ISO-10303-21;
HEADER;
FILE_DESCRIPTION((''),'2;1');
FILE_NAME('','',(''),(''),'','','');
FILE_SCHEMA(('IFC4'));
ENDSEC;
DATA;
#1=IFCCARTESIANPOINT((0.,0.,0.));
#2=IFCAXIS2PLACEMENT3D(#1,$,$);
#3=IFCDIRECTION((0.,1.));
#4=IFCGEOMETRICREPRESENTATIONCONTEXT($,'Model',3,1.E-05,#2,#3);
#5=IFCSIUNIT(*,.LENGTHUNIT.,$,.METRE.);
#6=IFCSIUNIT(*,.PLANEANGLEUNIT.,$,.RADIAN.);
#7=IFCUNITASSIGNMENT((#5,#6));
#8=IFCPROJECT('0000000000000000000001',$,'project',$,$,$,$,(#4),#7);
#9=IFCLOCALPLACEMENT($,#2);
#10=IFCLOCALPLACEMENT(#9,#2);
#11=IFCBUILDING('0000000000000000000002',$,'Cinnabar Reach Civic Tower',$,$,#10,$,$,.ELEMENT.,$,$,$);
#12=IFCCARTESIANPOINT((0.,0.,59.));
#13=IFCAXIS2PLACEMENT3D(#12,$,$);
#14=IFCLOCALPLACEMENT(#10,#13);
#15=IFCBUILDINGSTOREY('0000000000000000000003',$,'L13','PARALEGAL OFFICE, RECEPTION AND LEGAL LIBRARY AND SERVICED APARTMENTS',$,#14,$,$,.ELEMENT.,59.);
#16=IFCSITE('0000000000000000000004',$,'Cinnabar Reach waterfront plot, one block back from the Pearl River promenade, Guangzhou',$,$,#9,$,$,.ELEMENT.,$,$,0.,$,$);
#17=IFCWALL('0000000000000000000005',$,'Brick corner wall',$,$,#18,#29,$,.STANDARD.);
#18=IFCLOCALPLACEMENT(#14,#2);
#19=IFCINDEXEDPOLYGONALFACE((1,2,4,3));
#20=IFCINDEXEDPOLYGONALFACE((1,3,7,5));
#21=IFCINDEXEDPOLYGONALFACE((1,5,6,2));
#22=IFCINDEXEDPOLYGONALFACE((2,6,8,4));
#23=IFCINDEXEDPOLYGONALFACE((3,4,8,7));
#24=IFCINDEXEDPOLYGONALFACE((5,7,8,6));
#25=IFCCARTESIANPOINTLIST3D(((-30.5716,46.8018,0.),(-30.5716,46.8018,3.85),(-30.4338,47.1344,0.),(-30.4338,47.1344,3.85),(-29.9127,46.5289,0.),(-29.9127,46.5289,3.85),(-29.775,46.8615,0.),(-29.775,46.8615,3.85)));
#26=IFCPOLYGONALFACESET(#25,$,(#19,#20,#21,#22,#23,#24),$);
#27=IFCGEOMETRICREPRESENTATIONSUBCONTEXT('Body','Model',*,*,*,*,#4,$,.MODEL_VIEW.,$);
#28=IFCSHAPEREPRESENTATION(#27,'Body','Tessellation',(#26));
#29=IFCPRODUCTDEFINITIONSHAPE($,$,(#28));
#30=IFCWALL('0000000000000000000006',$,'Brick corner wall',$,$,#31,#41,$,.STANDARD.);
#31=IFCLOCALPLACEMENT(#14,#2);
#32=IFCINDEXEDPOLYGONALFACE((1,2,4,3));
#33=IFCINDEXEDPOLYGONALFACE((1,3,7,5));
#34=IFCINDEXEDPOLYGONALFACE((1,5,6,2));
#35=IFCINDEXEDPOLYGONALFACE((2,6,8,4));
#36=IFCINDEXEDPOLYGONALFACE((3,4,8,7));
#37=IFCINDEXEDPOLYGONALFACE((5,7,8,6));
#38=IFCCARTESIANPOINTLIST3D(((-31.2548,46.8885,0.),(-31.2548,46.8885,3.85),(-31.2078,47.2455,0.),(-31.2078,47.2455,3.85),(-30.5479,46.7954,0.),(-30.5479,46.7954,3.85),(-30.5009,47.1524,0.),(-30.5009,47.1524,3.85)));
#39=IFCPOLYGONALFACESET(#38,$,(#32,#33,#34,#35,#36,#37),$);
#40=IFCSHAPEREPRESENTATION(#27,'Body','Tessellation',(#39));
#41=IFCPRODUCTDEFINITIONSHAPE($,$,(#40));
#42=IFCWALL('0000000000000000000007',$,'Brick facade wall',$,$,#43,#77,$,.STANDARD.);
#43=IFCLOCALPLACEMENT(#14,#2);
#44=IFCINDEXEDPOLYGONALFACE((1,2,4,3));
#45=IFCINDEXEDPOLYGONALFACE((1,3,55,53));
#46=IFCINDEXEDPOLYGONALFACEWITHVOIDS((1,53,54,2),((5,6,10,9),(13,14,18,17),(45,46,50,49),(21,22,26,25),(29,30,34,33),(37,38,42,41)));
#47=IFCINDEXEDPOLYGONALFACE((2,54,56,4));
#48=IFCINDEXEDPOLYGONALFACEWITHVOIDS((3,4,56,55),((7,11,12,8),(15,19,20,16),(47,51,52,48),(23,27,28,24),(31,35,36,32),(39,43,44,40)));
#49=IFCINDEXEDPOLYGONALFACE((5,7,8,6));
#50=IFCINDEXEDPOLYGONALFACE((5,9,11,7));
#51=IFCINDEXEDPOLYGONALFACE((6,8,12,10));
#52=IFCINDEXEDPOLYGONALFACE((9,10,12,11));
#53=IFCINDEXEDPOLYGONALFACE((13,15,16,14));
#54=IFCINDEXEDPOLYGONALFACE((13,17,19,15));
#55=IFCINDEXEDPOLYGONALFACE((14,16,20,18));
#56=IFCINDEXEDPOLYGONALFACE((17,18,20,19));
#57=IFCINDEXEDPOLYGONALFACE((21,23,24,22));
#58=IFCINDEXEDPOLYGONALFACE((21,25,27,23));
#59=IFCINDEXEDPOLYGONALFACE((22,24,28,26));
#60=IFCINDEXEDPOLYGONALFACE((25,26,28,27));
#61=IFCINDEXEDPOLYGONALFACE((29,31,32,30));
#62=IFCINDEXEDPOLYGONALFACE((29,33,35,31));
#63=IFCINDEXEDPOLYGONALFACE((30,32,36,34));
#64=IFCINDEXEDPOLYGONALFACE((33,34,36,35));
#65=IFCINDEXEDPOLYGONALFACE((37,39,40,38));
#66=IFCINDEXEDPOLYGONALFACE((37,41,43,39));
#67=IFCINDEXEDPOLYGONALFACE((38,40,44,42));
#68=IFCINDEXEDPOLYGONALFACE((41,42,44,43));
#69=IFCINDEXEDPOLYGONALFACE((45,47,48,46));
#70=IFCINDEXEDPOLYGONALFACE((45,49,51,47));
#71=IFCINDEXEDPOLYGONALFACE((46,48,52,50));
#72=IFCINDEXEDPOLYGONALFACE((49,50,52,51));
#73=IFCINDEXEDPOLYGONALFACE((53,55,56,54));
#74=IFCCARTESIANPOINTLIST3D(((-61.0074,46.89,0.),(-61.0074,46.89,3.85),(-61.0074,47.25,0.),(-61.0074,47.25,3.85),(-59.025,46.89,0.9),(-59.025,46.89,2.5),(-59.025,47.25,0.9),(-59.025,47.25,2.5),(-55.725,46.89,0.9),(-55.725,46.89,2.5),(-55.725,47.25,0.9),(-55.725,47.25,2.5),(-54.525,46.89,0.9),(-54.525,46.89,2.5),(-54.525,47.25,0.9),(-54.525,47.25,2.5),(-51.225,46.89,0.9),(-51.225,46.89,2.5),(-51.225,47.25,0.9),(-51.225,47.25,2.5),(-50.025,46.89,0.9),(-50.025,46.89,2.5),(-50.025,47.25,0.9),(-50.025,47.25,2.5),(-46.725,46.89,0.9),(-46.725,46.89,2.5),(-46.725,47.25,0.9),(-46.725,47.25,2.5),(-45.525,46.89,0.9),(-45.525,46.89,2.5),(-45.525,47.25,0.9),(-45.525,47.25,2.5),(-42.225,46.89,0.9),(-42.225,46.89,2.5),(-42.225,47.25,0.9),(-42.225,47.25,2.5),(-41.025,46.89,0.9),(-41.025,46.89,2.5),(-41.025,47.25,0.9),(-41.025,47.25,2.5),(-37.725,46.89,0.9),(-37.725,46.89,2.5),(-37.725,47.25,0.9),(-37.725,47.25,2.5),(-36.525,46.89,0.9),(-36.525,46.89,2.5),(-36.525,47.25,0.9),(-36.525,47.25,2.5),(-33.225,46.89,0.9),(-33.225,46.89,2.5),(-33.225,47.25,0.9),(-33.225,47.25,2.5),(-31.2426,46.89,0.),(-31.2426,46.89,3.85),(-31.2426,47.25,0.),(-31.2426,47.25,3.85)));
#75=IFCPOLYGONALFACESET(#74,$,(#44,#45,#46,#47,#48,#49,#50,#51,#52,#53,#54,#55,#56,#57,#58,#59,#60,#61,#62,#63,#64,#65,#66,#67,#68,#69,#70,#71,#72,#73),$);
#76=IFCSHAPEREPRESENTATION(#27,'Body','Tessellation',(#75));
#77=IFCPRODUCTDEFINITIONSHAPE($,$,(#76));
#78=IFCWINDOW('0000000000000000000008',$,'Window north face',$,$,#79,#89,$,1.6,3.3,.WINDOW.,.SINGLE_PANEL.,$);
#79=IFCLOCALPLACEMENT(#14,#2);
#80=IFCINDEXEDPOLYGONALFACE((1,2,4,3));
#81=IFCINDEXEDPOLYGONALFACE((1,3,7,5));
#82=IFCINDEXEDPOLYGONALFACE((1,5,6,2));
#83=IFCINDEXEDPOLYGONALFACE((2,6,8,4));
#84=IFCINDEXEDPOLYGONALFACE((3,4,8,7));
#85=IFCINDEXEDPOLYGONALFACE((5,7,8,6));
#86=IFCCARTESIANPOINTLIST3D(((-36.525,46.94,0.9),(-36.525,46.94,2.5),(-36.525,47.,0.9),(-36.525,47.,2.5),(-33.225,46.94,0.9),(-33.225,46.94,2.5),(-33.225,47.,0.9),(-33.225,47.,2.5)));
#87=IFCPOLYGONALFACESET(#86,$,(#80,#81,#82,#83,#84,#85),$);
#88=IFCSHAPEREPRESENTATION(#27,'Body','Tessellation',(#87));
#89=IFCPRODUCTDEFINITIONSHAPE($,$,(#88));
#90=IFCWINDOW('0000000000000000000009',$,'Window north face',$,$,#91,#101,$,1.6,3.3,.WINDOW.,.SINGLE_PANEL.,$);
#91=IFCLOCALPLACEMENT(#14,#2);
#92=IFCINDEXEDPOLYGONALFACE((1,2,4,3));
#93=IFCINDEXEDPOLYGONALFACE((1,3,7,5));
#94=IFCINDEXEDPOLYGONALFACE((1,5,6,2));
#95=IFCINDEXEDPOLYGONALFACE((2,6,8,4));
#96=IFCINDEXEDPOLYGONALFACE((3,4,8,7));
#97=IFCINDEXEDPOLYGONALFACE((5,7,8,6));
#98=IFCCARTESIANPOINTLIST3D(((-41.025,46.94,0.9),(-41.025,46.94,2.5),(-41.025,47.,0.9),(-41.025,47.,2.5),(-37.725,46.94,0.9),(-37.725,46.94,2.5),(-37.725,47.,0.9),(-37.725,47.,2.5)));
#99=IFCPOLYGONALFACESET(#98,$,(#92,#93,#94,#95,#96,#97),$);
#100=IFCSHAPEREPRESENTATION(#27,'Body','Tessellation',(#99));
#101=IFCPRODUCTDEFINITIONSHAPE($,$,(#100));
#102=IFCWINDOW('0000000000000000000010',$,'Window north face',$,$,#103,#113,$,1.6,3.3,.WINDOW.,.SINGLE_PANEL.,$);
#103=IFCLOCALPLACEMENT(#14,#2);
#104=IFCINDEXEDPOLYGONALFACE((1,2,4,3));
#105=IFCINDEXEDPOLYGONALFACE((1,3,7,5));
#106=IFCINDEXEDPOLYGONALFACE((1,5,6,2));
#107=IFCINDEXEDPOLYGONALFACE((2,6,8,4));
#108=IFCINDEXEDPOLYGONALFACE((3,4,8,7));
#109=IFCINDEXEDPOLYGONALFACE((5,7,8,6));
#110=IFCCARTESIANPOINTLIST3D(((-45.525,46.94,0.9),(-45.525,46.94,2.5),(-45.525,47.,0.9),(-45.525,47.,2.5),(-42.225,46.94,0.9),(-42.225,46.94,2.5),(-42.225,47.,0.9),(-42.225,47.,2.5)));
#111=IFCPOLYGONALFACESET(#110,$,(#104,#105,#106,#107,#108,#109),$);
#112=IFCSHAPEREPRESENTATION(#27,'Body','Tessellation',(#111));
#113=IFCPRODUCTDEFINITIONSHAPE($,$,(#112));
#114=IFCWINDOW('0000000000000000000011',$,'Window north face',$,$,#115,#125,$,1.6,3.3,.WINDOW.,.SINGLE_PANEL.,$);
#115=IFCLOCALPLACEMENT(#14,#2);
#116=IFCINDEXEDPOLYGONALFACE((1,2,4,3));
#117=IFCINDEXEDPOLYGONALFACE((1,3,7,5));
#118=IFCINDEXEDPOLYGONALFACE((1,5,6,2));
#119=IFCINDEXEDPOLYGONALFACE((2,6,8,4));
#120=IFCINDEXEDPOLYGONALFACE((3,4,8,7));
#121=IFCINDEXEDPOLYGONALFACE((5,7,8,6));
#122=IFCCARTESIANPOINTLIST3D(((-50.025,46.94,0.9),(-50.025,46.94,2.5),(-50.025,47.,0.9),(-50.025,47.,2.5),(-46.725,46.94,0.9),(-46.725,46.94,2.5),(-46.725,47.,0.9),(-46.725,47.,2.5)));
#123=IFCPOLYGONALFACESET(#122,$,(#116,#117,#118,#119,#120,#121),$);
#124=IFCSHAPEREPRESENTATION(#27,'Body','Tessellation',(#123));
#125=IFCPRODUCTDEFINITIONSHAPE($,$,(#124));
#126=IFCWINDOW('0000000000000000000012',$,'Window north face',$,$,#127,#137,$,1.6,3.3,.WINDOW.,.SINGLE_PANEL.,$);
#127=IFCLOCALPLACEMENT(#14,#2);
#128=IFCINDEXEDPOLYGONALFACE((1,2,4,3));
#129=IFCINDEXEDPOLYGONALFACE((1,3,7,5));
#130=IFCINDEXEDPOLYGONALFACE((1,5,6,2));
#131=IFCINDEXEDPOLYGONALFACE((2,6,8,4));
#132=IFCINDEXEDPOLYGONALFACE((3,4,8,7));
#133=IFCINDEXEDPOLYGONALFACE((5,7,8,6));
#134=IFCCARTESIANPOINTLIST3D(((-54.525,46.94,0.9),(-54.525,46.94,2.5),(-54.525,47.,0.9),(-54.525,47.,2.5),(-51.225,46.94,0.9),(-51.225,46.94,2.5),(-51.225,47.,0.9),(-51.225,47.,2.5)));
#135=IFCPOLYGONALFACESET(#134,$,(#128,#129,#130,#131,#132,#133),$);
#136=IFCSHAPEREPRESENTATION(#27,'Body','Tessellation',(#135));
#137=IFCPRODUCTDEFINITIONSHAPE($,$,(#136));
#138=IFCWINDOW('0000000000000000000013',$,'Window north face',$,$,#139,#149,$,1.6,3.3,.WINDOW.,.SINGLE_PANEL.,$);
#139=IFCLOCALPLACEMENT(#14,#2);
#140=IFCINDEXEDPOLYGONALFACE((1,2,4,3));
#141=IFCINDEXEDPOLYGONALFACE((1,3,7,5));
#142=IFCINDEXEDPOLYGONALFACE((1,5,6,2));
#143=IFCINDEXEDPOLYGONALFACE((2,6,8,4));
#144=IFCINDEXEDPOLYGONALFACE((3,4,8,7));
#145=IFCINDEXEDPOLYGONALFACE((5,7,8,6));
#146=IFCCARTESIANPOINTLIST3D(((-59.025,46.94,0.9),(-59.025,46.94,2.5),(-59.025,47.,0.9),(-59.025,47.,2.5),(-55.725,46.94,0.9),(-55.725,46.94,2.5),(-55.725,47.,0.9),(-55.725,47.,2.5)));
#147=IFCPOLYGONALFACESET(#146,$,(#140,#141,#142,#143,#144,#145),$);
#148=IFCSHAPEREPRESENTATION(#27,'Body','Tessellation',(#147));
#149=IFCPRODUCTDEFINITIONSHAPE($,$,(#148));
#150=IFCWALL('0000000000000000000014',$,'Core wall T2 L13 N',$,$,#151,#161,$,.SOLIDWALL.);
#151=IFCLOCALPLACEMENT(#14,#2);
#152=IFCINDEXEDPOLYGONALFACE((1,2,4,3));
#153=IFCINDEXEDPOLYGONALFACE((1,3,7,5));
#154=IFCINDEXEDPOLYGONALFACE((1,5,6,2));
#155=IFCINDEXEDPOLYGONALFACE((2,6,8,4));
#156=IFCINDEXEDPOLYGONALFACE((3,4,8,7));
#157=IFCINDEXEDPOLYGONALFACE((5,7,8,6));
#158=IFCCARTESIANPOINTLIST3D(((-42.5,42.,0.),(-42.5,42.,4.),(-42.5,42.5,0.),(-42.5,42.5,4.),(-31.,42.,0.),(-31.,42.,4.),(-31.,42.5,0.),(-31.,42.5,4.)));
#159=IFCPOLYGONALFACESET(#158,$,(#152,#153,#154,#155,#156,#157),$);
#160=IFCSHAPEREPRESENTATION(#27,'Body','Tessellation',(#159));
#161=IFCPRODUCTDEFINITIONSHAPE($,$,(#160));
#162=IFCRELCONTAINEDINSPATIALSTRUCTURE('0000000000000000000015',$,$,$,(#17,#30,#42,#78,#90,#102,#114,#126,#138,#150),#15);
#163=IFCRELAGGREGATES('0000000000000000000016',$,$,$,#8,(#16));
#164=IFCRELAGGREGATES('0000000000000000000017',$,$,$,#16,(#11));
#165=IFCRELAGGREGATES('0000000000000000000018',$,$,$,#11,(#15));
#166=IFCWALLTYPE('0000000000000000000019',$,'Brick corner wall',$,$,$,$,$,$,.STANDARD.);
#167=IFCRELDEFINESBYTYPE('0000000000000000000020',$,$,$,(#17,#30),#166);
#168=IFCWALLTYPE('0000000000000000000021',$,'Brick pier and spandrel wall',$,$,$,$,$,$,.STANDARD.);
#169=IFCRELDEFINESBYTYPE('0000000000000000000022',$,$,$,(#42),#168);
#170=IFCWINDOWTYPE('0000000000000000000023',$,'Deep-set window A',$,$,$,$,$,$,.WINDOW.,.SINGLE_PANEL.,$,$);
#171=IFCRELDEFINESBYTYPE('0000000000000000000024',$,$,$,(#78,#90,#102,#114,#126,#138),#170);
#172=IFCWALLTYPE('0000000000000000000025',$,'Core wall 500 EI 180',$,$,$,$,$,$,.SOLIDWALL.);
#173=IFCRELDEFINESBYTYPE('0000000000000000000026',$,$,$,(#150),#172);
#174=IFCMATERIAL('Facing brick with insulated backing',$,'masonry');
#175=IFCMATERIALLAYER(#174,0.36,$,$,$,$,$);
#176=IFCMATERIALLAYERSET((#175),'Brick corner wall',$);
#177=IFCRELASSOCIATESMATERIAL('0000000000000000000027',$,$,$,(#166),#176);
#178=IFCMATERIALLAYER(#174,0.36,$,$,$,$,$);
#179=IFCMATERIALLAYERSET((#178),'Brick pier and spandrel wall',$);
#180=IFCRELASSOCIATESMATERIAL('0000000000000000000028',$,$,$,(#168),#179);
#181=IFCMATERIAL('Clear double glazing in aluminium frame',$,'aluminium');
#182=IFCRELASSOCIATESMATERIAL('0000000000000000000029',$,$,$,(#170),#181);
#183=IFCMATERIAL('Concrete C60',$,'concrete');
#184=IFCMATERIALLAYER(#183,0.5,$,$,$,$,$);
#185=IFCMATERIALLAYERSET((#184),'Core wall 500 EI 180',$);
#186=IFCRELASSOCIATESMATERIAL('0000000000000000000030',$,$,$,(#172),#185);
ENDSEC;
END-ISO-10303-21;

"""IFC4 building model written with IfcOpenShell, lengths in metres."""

from ifc_helpers import new_model, si_unit, direction, frame, frame_2d, origin, place, context, subcontext, project, spatial, rectangle, extrude, material, layer, layer_set, type_object, element, fill, save


model = new_model("IFC4")

# Units and contexts
model_context = context("Model", 3, precision=1e-05, world=origin(), true_north=direction((0.0, 1.0)))
body_context = subcontext(model_context, "Body", "Model", "MODEL_VIEW")
ifc_project = project(units=[si_unit("LENGTHUNIT", "METRE"), si_unit("PLANEANGLEUNIT", "RADIAN")], contexts=[model_context])

# Site, building, storey
site_placement = place(None, origin())
site = spatial("IfcSite", under=ifc_project, at=site_placement, Name="Cinnabar Reach waterfront plot, one block back from the Pearl River promenade, Guangzhou", CompositionType="ELEMENT", RefElevation=0.0)
building_placement = place(site_placement, origin())
building = spatial("IfcBuilding", under=site, at=building_placement, Name="Cinnabar Reach Civic Tower", CompositionType="ELEMENT")
storey_placement = place(building_placement, frame((0.0, 0.0, 59.0)))
storey = spatial("IfcBuildingStorey", under=building, at=storey_placement, Name="L13", Description="PARALEGAL OFFICE, RECEPTION AND LEGAL LIBRARY AND SERVICED APARTMENTS", CompositionType="ELEMENT", Elevation=59.0)

# Shared definitions
ifc_material_1 = material(Name="Concrete C60", Category="concrete")

# Walls
ifc_material_2 = material(Name="Facing brick with insulated backing", Category="masonry")
ifc_layer_1 = layer(ifc_material_2, 0.36)
ifc_layer_set_1 = layer_set([ifc_layer_1], Name="Brick corner wall")
wall_type_1 = type_object("IfcWallType", Name="Brick corner wall", PredefinedType="STANDARD", material=ifc_layer_set_1)
for number, where, z_axis, x_axis, name in (
    (1, (-29.8439, 46.6952, 0.0), (0.0, 0.0, 1.0), (-0.923872, 0.382703, 0.0), "Brick corner wall"),
    (2, (-30.5244, 46.9739, 0.0), (0.0, 0.0, 1.0), (-0.991441, 0.130556, 0.0), "Brick corner wall"),
):
    element("IfcWall", number, at=place(storey_placement, frame(where, z_axis=z_axis, x_axis=x_axis)), inside=storey, type_object=wall_type_1, Name=name, PredefinedType="STANDARD", context=body_context, shape_type="SweptSolid", body=[
        extrude(rectangle(XDim=0.7131, YDim=0.36, at=frame_2d((0.3565, 0.0))), origin(), (0.0, 0.0, 1.0), 3.85),
    ])

# Wall, openings, windows
ifc_layer_2 = layer(ifc_material_2, 0.36)
ifc_layer_set_2 = layer_set([ifc_layer_2], Name="Brick pier and spandrel wall")
wall_type_2 = type_object("IfcWallType", Name="Brick pier and spandrel wall", PredefinedType="STANDARD", material=ifc_layer_set_2)
wall_1_placement = place(storey_placement, frame((-31.2426, 47.07, 0.0), z_axis=(0.0, 0.0, 1.0), x_axis=(-1.0, 0.0, 0.0)))
wall_1 = element("IfcWall", 3, at=wall_1_placement, inside=storey, type_object=wall_type_2, Name="Brick facade wall", PredefinedType="STANDARD", context=body_context, shape_type="SweptSolid", body=[
    extrude(rectangle(XDim=29.7648, YDim=0.36, at=frame_2d((14.8824, 0.0))), origin(), (0.0, 0.0, 1.0), 3.85),
])
opening_1_placement = place(wall_1_placement, frame((1.9824, 0.0, 0.9)))
opening_1 = element("IfcOpeningElement", 4, at=opening_1_placement, cuts=wall_1, PredefinedType="OPENING", context=body_context, shape_type="SweptSolid", body=[
    extrude(rectangle(XDim=3.3, YDim=1.6, at=frame_2d((1.65, 0.8))), frame((0.0, 0.19, 0.0), z_axis=(0.0, -1.0, 0.0), x_axis=(1.0, 0.0, 0.0)), (0.0, 0.0, 1.0), 0.38),
])
opening_2_placement = place(wall_1_placement, frame((6.4824, 0.0, 0.9)))
opening_2 = element("IfcOpeningElement", 5, at=opening_2_placement, cuts=wall_1, PredefinedType="OPENING", context=body_context, shape_type="SweptSolid", body=[
    extrude(rectangle(XDim=3.3, YDim=1.6, at=frame_2d((1.65, 0.8))), frame((0.0, 0.19, 0.0), z_axis=(0.0, -1.0, 0.0), x_axis=(1.0, 0.0, 0.0)), (0.0, 0.0, 1.0), 0.38),
])
opening_3_placement = place(wall_1_placement, frame((10.9824, 0.0, 0.9)))
opening_3 = element("IfcOpeningElement", 6, at=opening_3_placement, cuts=wall_1, PredefinedType="OPENING", context=body_context, shape_type="SweptSolid", body=[
    extrude(rectangle(XDim=3.3, YDim=1.6, at=frame_2d((1.65, 0.8))), frame((0.0, 0.19, 0.0), z_axis=(0.0, -1.0, 0.0), x_axis=(1.0, 0.0, 0.0)), (0.0, 0.0, 1.0), 0.38),
])
opening_4_placement = place(wall_1_placement, frame((15.4824, 0.0, 0.9)))
opening_4 = element("IfcOpeningElement", 7, at=opening_4_placement, cuts=wall_1, PredefinedType="OPENING", context=body_context, shape_type="SweptSolid", body=[
    extrude(rectangle(XDim=3.3, YDim=1.6, at=frame_2d((1.65, 0.8))), frame((0.0, 0.19, 0.0), z_axis=(0.0, -1.0, 0.0), x_axis=(1.0, 0.0, 0.0)), (0.0, 0.0, 1.0), 0.38),
])
opening_5_placement = place(wall_1_placement, frame((19.9824, 0.0, 0.9)))
opening_5 = element("IfcOpeningElement", 8, at=opening_5_placement, cuts=wall_1, PredefinedType="OPENING", context=body_context, shape_type="SweptSolid", body=[
    extrude(rectangle(XDim=3.3, YDim=1.6, at=frame_2d((1.65, 0.8))), frame((0.0, 0.19, 0.0), z_axis=(0.0, -1.0, 0.0), x_axis=(1.0, 0.0, 0.0)), (0.0, 0.0, 1.0), 0.38),
])
opening_6_placement = place(wall_1_placement, frame((24.4824, 0.0, 0.9)))
opening_6 = element("IfcOpeningElement", 9, at=opening_6_placement, cuts=wall_1, PredefinedType="OPENING", context=body_context, shape_type="SweptSolid", body=[
    extrude(rectangle(XDim=3.3, YDim=1.6, at=frame_2d((1.65, 0.8))), frame((0.0, 0.19, 0.0), z_axis=(0.0, -1.0, 0.0), x_axis=(1.0, 0.0, 0.0)), (0.0, 0.0, 1.0), 0.38),
])
ifc_material_3 = material(Name="Clear double glazing in aluminium frame", Category="aluminium")
window_type = type_object("IfcWindowType", Name="Deep-set window A", PartitioningType="SINGLE_PANEL", PredefinedType="WINDOW", material=ifc_material_3)
window_1_placement = place(opening_1_placement, origin())
window_1 = element("IfcWindow", 10, at=window_1_placement, inside=storey, type_object=window_type, Name="Window north face", OverallHeight=1.6, OverallWidth=3.3, PartitioningType="SINGLE_PANEL", PredefinedType="WINDOW", context=body_context, shape_type="SweptSolid", body=[
    extrude(rectangle(XDim=3.3, YDim=1.6, at=frame_2d((1.65, 0.8))), frame((0.0, 0.13, 0.0), z_axis=(0.0, -1.0, 0.0), x_axis=(1.0, 0.0, 0.0)), (0.0, 0.0, 1.0), 0.06),
])
fill(opening_1, window_1)
window_2_placement = place(opening_2_placement, origin())
window_2 = element("IfcWindow", 11, at=window_2_placement, inside=storey, type_object=window_type, Name="Window north face", OverallHeight=1.6, OverallWidth=3.3, PartitioningType="SINGLE_PANEL", PredefinedType="WINDOW", context=body_context, shape_type="SweptSolid", body=[
    extrude(rectangle(XDim=3.3, YDim=1.6, at=frame_2d((1.65, 0.8))), frame((0.0, 0.13, 0.0), z_axis=(0.0, -1.0, 0.0), x_axis=(1.0, 0.0, 0.0)), (0.0, 0.0, 1.0), 0.06),
])
fill(opening_2, window_2)
window_3_placement = place(opening_3_placement, origin())
window_3 = element("IfcWindow", 12, at=window_3_placement, inside=storey, type_object=window_type, Name="Window north face", OverallHeight=1.6, OverallWidth=3.3, PartitioningType="SINGLE_PANEL", PredefinedType="WINDOW", context=body_context, shape_type="SweptSolid", body=[
    extrude(rectangle(XDim=3.3, YDim=1.6, at=frame_2d((1.65, 0.8))), frame((0.0, 0.13, 0.0), z_axis=(0.0, -1.0, 0.0), x_axis=(1.0, 0.0, 0.0)), (0.0, 0.0, 1.0), 0.06),
])
fill(opening_3, window_3)
window_4_placement = place(opening_4_placement, origin())
window_4 = element("IfcWindow", 13, at=window_4_placement, inside=storey, type_object=window_type, Name="Window north face", OverallHeight=1.6, OverallWidth=3.3, PartitioningType="SINGLE_PANEL", PredefinedType="WINDOW", context=body_context, shape_type="SweptSolid", body=[
    extrude(rectangle(XDim=3.3, YDim=1.6, at=frame_2d((1.65, 0.8))), frame((0.0, 0.13, 0.0), z_axis=(0.0, -1.0, 0.0), x_axis=(1.0, 0.0, 0.0)), (0.0, 0.0, 1.0), 0.06),
])
fill(opening_4, window_4)
window_5_placement = place(opening_5_placement, origin())
window_5 = element("IfcWindow", 14, at=window_5_placement, inside=storey, type_object=window_type, Name="Window north face", OverallHeight=1.6, OverallWidth=3.3, PartitioningType="SINGLE_PANEL", PredefinedType="WINDOW", context=body_context, shape_type="SweptSolid", body=[
    extrude(rectangle(XDim=3.3, YDim=1.6, at=frame_2d((1.65, 0.8))), frame((0.0, 0.13, 0.0), z_axis=(0.0, -1.0, 0.0), x_axis=(1.0, 0.0, 0.0)), (0.0, 0.0, 1.0), 0.06),
])
fill(opening_5, window_5)
window_6_placement = place(opening_6_placement, origin())
window_6 = element("IfcWindow", 15, at=window_6_placement, inside=storey, type_object=window_type, Name="Window north face", OverallHeight=1.6, OverallWidth=3.3, PartitioningType="SINGLE_PANEL", PredefinedType="WINDOW", context=body_context, shape_type="SweptSolid", body=[
    extrude(rectangle(XDim=3.3, YDim=1.6, at=frame_2d((1.65, 0.8))), frame((0.0, 0.13, 0.0), z_axis=(0.0, -1.0, 0.0), x_axis=(1.0, 0.0, 0.0)), (0.0, 0.0, 1.0), 0.06),
])
fill(opening_6, window_6)

# Wall
ifc_layer_3 = layer(ifc_material_1, 0.5)
ifc_layer_set_3 = layer_set([ifc_layer_3], Name="Core wall 500 EI 180")
wall_type_3 = type_object("IfcWallType", Name="Core wall 500 EI 180", PredefinedType="SOLIDWALL", material=ifc_layer_set_3)
wall_2_placement = place(storey_placement, frame((-31.0, 42.25, 0.0), z_axis=(0.0, 0.0, 1.0), x_axis=(-1.0, 0.0, 0.0)))
element("IfcWall", 16, at=wall_2_placement, inside=storey, type_object=wall_type_3, Name="Core wall T2 L13 N", PredefinedType="SOLIDWALL", context=body_context, shape_type="SweptSolid", body=[
    extrude(rectangle(XDim=11.5, YDim=0.5, at=frame_2d((5.75, 0.0))), origin(), (0.0, 0.0, 1.0), 4.0),
])

save(model, "model.ifc")
